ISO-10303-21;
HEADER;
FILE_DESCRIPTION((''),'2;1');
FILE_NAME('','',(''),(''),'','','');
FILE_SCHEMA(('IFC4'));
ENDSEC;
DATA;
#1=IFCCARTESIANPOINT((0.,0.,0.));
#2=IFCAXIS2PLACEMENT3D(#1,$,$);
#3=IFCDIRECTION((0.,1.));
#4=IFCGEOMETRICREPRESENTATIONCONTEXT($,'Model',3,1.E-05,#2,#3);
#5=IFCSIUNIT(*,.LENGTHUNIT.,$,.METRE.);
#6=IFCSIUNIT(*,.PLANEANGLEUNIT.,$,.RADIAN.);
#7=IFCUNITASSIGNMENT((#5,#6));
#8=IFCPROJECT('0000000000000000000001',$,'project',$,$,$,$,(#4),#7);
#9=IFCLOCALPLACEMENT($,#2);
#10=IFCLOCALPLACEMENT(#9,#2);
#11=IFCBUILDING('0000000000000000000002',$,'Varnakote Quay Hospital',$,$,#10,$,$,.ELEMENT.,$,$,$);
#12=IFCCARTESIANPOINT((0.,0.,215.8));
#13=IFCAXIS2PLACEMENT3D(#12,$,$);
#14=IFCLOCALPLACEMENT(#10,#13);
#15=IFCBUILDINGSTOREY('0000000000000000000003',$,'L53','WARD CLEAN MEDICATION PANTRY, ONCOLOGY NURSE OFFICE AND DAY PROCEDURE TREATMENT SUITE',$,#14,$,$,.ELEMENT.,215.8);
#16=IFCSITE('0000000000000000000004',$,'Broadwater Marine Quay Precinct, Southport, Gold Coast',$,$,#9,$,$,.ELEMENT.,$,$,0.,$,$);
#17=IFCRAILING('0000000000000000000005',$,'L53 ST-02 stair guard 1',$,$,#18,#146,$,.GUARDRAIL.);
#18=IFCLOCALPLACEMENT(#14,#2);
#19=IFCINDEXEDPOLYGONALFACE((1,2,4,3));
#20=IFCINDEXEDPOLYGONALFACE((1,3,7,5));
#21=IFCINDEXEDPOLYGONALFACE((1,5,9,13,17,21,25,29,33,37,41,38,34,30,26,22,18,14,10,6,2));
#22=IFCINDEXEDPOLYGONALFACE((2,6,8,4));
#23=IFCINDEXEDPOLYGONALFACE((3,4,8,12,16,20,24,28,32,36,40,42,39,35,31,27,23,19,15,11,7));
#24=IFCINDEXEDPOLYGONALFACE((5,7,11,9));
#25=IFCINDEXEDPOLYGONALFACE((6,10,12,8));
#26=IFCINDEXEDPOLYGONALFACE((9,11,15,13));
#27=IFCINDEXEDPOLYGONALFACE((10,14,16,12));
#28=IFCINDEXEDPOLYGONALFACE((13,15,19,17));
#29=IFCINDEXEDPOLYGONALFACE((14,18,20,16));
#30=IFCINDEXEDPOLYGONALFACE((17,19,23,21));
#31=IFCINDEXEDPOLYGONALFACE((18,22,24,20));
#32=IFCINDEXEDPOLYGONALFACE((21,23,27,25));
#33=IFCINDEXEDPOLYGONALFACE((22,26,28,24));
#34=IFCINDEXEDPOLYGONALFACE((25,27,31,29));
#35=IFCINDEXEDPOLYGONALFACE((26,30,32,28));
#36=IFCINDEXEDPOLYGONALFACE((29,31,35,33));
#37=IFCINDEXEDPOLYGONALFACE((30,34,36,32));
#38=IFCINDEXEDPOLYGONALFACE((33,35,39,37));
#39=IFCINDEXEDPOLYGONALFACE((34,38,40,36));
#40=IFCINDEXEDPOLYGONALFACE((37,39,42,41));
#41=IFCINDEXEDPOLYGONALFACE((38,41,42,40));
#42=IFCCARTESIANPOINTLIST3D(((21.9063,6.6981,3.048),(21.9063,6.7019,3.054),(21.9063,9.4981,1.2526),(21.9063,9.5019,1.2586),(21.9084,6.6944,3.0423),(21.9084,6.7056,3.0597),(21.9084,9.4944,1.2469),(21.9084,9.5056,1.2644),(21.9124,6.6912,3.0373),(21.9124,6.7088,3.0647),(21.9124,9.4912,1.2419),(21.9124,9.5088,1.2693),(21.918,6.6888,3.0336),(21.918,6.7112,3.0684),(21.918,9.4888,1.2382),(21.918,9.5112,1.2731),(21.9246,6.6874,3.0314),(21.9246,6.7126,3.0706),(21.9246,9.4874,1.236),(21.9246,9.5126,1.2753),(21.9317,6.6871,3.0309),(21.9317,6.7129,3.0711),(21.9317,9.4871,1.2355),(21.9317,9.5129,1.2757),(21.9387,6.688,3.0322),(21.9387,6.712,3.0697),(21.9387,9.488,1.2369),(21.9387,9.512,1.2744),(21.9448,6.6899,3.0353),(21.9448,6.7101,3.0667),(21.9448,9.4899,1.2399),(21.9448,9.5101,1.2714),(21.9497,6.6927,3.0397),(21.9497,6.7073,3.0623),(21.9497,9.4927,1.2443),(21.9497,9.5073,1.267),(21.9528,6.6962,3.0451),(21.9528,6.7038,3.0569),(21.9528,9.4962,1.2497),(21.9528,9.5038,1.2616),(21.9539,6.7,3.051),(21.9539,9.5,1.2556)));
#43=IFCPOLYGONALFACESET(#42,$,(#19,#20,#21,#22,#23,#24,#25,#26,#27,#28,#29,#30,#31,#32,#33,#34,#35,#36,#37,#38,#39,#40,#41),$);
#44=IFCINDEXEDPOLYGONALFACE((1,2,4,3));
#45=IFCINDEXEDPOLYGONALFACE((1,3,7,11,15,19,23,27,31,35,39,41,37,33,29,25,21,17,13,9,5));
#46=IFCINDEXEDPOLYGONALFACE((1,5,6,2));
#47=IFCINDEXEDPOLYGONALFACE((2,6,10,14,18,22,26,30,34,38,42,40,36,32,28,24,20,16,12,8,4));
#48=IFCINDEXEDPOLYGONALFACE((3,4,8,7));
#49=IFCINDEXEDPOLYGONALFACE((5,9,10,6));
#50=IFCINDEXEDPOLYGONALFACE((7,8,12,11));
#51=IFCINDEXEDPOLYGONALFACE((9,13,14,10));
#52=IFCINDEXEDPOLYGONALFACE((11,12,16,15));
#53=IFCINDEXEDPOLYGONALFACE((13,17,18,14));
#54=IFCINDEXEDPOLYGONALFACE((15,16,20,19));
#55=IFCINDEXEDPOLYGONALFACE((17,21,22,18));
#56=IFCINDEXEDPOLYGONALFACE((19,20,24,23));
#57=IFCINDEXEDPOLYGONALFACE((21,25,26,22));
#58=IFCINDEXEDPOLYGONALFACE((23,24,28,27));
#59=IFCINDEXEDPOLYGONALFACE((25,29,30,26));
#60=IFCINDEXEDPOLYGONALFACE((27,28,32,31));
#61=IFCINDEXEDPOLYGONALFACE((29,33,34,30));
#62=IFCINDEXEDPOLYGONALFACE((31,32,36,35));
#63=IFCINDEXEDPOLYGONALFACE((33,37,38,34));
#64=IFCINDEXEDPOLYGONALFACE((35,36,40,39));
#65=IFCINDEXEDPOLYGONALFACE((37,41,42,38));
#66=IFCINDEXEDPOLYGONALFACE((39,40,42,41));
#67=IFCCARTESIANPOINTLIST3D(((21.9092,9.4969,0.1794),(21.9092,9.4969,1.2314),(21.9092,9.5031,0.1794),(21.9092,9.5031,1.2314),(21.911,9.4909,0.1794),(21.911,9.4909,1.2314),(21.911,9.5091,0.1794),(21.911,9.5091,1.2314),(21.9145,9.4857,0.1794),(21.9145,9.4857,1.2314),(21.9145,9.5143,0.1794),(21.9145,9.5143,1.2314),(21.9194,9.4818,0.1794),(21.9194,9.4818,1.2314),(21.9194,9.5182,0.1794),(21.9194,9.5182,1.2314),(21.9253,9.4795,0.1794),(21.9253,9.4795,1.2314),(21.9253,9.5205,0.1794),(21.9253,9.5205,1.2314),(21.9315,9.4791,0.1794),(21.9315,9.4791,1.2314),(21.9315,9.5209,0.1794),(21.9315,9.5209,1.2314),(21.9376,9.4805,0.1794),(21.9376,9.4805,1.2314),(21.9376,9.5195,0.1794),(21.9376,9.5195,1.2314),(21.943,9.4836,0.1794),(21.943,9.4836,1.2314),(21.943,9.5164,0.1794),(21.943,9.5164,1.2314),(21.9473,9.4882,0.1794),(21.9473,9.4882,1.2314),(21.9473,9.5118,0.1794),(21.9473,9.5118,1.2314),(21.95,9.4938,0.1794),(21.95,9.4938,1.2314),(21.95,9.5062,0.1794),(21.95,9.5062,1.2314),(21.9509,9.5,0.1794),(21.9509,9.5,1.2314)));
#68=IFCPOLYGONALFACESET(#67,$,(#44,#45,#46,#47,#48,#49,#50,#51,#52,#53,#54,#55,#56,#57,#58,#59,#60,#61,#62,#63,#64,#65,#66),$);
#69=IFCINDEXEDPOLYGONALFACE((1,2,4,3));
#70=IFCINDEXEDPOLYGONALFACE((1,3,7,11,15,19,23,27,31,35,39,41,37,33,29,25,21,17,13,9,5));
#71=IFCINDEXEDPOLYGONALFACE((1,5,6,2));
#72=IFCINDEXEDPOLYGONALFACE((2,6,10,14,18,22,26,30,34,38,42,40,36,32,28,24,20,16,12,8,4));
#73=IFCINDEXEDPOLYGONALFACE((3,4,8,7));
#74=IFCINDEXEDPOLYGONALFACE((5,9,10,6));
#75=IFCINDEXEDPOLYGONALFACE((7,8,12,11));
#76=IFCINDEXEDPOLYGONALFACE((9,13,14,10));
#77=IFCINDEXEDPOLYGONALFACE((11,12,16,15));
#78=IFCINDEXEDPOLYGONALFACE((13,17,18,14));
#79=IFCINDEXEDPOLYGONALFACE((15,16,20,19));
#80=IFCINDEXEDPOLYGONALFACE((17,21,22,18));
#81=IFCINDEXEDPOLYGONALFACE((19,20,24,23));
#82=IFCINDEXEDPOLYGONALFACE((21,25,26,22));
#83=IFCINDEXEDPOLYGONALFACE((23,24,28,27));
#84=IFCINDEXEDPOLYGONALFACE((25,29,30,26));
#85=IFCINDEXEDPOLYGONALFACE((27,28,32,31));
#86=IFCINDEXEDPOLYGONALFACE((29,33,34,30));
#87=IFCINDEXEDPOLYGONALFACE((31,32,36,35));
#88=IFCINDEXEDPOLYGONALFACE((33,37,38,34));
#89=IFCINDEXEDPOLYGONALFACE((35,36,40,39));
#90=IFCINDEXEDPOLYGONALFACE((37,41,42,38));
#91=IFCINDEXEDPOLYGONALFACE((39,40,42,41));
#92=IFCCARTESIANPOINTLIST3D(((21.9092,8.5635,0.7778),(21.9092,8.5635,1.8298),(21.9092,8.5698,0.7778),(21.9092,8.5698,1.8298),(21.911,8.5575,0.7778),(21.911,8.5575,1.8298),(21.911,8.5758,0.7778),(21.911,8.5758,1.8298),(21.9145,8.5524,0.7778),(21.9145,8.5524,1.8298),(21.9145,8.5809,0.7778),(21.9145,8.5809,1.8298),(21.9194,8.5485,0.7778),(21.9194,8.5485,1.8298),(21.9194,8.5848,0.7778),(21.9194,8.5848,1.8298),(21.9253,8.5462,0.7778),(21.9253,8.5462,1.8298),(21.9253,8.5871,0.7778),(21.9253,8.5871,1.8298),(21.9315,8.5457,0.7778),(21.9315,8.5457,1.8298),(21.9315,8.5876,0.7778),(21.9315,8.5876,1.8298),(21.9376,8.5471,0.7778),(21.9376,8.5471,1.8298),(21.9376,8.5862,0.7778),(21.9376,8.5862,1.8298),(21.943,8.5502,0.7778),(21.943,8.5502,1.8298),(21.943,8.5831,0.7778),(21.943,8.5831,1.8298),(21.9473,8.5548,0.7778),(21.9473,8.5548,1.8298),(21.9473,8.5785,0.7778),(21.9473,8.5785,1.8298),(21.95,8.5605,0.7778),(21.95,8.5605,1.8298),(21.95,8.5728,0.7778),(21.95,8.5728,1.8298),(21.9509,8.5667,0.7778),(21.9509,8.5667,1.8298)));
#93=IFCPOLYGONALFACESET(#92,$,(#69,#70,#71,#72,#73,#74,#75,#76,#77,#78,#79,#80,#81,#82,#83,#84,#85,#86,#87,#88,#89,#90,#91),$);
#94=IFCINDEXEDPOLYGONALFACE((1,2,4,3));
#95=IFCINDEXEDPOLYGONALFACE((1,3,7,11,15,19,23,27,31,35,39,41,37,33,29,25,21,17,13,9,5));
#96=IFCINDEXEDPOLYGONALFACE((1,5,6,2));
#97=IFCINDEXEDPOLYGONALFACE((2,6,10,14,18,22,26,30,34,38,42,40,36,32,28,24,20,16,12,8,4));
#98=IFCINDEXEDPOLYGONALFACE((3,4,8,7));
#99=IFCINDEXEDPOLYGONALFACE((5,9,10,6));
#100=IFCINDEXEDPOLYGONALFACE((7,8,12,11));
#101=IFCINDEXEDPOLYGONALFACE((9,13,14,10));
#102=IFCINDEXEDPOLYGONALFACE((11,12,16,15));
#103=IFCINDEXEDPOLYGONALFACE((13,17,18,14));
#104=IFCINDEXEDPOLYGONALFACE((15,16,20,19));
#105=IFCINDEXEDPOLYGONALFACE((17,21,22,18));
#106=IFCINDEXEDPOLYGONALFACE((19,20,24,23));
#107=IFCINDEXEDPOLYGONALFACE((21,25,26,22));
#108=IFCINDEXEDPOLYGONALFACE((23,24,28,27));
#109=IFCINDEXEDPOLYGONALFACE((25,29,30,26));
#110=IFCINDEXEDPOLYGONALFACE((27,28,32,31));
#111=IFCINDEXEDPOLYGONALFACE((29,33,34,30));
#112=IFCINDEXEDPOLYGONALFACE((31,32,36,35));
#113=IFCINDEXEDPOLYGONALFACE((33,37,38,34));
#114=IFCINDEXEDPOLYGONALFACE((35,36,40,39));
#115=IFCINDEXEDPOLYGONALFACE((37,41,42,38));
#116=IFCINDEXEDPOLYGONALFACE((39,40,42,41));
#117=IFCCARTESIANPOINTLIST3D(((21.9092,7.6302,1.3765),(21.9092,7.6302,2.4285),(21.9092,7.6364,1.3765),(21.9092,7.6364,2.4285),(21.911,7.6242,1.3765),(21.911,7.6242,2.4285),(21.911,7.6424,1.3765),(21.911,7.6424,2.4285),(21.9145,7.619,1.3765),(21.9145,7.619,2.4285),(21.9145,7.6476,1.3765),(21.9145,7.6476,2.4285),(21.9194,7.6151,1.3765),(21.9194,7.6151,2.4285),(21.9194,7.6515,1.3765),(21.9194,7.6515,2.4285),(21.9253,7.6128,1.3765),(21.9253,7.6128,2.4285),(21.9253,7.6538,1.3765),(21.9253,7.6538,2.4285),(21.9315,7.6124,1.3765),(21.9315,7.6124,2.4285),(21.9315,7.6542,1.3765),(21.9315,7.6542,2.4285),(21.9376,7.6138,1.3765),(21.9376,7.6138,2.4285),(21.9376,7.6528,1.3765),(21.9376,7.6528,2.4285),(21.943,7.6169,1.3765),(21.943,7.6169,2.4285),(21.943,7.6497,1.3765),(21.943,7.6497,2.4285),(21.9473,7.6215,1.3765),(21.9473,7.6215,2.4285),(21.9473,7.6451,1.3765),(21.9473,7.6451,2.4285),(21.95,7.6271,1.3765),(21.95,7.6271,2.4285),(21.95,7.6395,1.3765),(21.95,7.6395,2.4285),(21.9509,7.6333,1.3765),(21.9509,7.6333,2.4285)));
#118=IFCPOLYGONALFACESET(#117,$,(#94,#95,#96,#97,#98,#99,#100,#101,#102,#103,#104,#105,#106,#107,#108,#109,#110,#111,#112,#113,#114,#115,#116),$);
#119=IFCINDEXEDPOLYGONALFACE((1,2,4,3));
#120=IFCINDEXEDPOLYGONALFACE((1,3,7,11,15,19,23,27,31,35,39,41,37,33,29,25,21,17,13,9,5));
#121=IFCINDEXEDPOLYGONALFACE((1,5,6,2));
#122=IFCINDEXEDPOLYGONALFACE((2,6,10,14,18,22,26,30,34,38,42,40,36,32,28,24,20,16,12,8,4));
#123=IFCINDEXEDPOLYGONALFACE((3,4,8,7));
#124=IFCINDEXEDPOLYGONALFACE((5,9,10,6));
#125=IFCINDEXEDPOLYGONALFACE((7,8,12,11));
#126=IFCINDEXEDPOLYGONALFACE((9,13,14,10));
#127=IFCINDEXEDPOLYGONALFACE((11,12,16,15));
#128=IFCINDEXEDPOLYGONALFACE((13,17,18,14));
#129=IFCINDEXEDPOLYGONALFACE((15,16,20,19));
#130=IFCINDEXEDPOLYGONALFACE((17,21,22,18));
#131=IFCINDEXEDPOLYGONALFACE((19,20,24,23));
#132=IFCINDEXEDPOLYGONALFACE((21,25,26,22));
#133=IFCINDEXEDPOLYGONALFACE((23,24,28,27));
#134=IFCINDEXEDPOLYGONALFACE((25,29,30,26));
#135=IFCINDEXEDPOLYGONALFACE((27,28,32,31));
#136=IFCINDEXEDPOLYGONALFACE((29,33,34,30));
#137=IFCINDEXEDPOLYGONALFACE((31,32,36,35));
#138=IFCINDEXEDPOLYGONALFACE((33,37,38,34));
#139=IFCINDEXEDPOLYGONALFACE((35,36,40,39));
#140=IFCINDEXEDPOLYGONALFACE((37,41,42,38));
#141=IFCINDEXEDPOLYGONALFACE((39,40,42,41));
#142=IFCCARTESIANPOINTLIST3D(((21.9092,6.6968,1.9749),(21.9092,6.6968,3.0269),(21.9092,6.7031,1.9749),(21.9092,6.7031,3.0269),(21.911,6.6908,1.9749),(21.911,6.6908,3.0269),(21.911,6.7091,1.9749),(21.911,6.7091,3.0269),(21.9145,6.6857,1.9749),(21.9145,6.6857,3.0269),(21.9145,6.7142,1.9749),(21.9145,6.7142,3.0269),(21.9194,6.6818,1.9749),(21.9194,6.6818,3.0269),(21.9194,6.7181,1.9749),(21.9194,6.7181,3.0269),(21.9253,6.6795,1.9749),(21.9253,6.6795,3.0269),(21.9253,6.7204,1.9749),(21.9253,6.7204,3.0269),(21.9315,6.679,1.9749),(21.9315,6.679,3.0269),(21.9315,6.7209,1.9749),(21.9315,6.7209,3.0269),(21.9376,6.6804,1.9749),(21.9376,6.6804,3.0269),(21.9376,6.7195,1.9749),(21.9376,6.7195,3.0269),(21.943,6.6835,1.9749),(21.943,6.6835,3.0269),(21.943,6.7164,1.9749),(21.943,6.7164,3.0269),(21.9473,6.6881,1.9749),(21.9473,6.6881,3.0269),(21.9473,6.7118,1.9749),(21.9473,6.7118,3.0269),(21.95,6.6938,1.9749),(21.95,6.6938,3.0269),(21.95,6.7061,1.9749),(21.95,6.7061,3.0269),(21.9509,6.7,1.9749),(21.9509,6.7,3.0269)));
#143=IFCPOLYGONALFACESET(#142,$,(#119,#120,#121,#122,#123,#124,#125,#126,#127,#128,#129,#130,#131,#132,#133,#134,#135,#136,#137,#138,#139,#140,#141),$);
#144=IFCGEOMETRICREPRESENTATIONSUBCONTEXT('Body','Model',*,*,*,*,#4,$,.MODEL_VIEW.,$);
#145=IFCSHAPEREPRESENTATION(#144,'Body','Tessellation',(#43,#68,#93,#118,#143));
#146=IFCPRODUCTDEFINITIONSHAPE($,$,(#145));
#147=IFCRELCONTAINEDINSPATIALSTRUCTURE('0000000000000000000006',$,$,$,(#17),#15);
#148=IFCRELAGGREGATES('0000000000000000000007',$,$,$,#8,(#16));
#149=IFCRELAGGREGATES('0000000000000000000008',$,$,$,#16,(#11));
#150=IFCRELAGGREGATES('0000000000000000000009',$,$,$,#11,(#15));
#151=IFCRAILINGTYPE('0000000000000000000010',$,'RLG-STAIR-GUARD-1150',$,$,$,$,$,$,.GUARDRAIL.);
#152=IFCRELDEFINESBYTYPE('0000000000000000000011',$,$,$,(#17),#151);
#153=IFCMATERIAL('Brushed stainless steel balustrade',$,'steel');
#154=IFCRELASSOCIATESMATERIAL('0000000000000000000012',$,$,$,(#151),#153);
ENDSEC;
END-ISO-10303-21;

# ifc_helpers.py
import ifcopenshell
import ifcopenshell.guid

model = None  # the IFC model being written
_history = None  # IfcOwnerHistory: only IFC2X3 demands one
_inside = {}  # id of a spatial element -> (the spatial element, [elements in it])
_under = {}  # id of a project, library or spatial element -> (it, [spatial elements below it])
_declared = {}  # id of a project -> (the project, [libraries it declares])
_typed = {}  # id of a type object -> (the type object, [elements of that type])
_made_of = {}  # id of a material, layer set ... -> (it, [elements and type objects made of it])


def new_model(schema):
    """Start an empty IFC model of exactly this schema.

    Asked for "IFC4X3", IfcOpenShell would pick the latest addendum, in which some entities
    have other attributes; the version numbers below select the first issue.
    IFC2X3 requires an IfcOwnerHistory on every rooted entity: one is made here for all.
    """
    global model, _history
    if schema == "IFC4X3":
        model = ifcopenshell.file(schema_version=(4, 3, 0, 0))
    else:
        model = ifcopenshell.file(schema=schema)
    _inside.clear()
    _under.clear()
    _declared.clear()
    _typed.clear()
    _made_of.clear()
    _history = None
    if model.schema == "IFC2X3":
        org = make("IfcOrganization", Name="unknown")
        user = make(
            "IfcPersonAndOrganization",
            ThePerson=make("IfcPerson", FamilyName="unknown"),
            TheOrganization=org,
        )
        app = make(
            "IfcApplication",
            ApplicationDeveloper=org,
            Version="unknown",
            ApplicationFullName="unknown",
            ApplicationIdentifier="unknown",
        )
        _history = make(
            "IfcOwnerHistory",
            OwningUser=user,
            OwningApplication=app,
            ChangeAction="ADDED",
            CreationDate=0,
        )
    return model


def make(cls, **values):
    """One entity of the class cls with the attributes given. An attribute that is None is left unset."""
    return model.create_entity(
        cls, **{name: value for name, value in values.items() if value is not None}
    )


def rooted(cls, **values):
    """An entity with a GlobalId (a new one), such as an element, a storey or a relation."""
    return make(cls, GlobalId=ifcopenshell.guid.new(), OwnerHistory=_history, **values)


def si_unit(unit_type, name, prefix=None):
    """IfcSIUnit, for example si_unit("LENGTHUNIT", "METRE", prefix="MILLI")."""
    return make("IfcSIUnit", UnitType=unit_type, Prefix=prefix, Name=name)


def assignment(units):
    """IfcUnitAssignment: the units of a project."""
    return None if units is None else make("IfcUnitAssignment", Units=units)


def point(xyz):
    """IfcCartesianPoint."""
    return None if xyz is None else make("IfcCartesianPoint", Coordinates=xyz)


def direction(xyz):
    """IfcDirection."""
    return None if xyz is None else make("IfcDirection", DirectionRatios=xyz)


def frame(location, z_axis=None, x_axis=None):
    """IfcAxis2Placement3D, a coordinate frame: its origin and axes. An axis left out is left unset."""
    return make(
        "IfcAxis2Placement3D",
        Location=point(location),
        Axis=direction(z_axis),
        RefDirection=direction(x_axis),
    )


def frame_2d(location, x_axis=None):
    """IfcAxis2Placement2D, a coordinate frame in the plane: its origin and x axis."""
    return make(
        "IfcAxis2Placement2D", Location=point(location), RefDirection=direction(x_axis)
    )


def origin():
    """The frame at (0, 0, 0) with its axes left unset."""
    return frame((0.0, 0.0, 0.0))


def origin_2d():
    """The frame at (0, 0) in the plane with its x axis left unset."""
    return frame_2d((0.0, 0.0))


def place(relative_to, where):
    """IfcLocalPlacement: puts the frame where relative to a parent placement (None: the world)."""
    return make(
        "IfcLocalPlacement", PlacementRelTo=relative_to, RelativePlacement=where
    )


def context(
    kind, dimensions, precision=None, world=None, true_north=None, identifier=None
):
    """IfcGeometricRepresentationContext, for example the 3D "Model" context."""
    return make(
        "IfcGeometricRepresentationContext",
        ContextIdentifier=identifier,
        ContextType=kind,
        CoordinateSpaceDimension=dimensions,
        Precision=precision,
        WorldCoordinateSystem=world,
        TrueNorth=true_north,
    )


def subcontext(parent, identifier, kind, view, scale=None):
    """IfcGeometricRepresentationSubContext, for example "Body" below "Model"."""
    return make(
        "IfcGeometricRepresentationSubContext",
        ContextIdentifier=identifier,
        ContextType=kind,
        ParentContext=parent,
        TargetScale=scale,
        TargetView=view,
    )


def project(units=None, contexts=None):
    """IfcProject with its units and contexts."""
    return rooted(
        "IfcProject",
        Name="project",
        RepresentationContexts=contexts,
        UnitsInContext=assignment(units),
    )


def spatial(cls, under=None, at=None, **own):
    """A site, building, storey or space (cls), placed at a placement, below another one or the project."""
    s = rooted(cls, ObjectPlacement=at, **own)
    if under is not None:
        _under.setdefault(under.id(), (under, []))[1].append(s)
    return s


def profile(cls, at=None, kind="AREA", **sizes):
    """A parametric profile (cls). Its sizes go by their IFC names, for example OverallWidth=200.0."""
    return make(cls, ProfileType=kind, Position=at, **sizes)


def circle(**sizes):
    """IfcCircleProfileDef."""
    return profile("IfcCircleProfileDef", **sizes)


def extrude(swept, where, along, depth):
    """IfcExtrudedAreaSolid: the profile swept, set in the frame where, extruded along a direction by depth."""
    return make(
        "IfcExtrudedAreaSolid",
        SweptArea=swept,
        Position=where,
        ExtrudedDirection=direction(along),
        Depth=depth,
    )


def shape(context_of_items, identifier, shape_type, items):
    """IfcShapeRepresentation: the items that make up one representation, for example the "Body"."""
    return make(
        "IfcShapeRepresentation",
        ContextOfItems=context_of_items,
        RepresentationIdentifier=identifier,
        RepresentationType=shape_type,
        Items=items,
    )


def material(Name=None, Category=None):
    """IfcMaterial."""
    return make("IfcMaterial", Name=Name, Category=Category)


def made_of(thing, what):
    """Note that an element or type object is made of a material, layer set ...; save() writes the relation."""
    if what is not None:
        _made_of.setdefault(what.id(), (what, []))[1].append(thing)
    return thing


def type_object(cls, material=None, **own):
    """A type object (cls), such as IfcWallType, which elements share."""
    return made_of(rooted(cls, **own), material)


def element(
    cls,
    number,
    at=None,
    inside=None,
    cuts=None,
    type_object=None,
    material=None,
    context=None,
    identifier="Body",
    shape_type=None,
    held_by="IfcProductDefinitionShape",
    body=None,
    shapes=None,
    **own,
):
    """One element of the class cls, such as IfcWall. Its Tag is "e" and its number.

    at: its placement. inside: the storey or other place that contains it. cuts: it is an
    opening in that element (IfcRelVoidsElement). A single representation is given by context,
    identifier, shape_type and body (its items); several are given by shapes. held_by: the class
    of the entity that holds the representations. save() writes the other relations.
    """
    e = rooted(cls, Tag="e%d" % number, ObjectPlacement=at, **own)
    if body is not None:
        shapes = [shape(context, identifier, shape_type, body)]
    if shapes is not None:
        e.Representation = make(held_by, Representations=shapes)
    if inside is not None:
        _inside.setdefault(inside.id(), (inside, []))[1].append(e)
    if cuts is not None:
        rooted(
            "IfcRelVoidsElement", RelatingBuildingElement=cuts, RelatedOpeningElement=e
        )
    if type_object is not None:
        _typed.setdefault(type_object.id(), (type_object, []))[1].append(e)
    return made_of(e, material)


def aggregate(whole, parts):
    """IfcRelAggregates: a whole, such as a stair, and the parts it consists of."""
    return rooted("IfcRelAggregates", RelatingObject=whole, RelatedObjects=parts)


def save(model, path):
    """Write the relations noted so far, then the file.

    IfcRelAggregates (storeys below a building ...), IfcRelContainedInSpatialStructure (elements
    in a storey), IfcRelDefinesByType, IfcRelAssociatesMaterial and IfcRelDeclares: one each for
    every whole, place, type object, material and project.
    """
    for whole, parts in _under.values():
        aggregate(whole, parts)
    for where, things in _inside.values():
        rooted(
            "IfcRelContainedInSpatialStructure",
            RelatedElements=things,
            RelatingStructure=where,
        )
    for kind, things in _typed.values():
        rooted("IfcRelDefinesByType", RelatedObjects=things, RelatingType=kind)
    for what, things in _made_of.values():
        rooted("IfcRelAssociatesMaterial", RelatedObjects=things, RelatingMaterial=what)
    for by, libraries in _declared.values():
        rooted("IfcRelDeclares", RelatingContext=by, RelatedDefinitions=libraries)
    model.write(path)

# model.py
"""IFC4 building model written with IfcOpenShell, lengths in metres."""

from ifc_helpers import new_model, si_unit, direction, frame, origin, origin_2d, place, context, subcontext, project, spatial, circle, extrude, material, type_object, element, save


model = new_model("IFC4")

# Units and contexts
model_context = context("Model", 3, precision=1e-05, world=origin(), true_north=direction((0.0, 1.0)))
body_context = subcontext(model_context, "Body", "Model", "MODEL_VIEW")
ifc_project = project(units=[si_unit("LENGTHUNIT", "METRE"), si_unit("PLANEANGLEUNIT", "RADIAN")], contexts=[model_context])

# Site, building, storey
site_placement = place(None, origin())
site = spatial("IfcSite", under=ifc_project, at=site_placement, Name="Broadwater Marine Quay Precinct, Southport, Gold Coast", CompositionType="ELEMENT", RefElevation=0.0)
building_placement = place(site_placement, origin())
building = spatial("IfcBuilding", under=site, at=building_placement, Name="Varnakote Quay Hospital", CompositionType="ELEMENT")
storey_placement = place(building_placement, frame((0.0, 0.0, 215.8)))
storey = spatial("IfcBuildingStorey", under=building, at=storey_placement, Name="L53", Description="WARD CLEAN MEDICATION PANTRY, ONCOLOGY NURSE OFFICE AND DAY PROCEDURE TREATMENT SUITE", CompositionType="ELEMENT", Elevation=215.8)

# Railing
ifc_material_1 = material(Name="Brushed stainless steel balustrade", Category="steel")
railing_type_1 = type_object("IfcRailingType", Name="RLG-STAIR-GUARD-1150", PredefinedType="GUARDRAIL", material=ifc_material_1)
railing_1_placement = place(storey_placement, frame((21.9299, 9.5, 0.1794)))
element("IfcRailing", 1, at=railing_1_placement, inside=storey, type_object=railing_type_1, Name="L53 ST-02 stair guard 1", PredefinedType="GUARDRAIL", context=body_context, shape_type="SweptSolid", body=[
    extrude(circle(Radius=0.0239, at=origin_2d()), frame((0.0, 0.0, 1.0762), z_axis=(0.0, -0.84181, 0.539774), x_axis=(1.0, 0.0, 0.0)), (0.0, 0.0, 1.0), 3.3262),
    extrude(circle(Radius=0.021, at=origin_2d()), origin(), (0.0, 0.0, 1.0), 1.052),
    extrude(circle(Radius=0.021, at=origin_2d()), frame((0.0, -0.9333, 0.5984)), (0.0, 0.0, 1.0), 1.052),
    extrude(circle(Radius=0.021, at=origin_2d()), frame((0.0, -1.8667, 1.197)), (0.0, 0.0, 1.0), 1.052),
    extrude(circle(Radius=0.021, at=origin_2d()), frame((0.0, -2.8, 1.7954)), (0.0, 0.0, 1.0), 1.052),
])

save(model, "model.ifc")
